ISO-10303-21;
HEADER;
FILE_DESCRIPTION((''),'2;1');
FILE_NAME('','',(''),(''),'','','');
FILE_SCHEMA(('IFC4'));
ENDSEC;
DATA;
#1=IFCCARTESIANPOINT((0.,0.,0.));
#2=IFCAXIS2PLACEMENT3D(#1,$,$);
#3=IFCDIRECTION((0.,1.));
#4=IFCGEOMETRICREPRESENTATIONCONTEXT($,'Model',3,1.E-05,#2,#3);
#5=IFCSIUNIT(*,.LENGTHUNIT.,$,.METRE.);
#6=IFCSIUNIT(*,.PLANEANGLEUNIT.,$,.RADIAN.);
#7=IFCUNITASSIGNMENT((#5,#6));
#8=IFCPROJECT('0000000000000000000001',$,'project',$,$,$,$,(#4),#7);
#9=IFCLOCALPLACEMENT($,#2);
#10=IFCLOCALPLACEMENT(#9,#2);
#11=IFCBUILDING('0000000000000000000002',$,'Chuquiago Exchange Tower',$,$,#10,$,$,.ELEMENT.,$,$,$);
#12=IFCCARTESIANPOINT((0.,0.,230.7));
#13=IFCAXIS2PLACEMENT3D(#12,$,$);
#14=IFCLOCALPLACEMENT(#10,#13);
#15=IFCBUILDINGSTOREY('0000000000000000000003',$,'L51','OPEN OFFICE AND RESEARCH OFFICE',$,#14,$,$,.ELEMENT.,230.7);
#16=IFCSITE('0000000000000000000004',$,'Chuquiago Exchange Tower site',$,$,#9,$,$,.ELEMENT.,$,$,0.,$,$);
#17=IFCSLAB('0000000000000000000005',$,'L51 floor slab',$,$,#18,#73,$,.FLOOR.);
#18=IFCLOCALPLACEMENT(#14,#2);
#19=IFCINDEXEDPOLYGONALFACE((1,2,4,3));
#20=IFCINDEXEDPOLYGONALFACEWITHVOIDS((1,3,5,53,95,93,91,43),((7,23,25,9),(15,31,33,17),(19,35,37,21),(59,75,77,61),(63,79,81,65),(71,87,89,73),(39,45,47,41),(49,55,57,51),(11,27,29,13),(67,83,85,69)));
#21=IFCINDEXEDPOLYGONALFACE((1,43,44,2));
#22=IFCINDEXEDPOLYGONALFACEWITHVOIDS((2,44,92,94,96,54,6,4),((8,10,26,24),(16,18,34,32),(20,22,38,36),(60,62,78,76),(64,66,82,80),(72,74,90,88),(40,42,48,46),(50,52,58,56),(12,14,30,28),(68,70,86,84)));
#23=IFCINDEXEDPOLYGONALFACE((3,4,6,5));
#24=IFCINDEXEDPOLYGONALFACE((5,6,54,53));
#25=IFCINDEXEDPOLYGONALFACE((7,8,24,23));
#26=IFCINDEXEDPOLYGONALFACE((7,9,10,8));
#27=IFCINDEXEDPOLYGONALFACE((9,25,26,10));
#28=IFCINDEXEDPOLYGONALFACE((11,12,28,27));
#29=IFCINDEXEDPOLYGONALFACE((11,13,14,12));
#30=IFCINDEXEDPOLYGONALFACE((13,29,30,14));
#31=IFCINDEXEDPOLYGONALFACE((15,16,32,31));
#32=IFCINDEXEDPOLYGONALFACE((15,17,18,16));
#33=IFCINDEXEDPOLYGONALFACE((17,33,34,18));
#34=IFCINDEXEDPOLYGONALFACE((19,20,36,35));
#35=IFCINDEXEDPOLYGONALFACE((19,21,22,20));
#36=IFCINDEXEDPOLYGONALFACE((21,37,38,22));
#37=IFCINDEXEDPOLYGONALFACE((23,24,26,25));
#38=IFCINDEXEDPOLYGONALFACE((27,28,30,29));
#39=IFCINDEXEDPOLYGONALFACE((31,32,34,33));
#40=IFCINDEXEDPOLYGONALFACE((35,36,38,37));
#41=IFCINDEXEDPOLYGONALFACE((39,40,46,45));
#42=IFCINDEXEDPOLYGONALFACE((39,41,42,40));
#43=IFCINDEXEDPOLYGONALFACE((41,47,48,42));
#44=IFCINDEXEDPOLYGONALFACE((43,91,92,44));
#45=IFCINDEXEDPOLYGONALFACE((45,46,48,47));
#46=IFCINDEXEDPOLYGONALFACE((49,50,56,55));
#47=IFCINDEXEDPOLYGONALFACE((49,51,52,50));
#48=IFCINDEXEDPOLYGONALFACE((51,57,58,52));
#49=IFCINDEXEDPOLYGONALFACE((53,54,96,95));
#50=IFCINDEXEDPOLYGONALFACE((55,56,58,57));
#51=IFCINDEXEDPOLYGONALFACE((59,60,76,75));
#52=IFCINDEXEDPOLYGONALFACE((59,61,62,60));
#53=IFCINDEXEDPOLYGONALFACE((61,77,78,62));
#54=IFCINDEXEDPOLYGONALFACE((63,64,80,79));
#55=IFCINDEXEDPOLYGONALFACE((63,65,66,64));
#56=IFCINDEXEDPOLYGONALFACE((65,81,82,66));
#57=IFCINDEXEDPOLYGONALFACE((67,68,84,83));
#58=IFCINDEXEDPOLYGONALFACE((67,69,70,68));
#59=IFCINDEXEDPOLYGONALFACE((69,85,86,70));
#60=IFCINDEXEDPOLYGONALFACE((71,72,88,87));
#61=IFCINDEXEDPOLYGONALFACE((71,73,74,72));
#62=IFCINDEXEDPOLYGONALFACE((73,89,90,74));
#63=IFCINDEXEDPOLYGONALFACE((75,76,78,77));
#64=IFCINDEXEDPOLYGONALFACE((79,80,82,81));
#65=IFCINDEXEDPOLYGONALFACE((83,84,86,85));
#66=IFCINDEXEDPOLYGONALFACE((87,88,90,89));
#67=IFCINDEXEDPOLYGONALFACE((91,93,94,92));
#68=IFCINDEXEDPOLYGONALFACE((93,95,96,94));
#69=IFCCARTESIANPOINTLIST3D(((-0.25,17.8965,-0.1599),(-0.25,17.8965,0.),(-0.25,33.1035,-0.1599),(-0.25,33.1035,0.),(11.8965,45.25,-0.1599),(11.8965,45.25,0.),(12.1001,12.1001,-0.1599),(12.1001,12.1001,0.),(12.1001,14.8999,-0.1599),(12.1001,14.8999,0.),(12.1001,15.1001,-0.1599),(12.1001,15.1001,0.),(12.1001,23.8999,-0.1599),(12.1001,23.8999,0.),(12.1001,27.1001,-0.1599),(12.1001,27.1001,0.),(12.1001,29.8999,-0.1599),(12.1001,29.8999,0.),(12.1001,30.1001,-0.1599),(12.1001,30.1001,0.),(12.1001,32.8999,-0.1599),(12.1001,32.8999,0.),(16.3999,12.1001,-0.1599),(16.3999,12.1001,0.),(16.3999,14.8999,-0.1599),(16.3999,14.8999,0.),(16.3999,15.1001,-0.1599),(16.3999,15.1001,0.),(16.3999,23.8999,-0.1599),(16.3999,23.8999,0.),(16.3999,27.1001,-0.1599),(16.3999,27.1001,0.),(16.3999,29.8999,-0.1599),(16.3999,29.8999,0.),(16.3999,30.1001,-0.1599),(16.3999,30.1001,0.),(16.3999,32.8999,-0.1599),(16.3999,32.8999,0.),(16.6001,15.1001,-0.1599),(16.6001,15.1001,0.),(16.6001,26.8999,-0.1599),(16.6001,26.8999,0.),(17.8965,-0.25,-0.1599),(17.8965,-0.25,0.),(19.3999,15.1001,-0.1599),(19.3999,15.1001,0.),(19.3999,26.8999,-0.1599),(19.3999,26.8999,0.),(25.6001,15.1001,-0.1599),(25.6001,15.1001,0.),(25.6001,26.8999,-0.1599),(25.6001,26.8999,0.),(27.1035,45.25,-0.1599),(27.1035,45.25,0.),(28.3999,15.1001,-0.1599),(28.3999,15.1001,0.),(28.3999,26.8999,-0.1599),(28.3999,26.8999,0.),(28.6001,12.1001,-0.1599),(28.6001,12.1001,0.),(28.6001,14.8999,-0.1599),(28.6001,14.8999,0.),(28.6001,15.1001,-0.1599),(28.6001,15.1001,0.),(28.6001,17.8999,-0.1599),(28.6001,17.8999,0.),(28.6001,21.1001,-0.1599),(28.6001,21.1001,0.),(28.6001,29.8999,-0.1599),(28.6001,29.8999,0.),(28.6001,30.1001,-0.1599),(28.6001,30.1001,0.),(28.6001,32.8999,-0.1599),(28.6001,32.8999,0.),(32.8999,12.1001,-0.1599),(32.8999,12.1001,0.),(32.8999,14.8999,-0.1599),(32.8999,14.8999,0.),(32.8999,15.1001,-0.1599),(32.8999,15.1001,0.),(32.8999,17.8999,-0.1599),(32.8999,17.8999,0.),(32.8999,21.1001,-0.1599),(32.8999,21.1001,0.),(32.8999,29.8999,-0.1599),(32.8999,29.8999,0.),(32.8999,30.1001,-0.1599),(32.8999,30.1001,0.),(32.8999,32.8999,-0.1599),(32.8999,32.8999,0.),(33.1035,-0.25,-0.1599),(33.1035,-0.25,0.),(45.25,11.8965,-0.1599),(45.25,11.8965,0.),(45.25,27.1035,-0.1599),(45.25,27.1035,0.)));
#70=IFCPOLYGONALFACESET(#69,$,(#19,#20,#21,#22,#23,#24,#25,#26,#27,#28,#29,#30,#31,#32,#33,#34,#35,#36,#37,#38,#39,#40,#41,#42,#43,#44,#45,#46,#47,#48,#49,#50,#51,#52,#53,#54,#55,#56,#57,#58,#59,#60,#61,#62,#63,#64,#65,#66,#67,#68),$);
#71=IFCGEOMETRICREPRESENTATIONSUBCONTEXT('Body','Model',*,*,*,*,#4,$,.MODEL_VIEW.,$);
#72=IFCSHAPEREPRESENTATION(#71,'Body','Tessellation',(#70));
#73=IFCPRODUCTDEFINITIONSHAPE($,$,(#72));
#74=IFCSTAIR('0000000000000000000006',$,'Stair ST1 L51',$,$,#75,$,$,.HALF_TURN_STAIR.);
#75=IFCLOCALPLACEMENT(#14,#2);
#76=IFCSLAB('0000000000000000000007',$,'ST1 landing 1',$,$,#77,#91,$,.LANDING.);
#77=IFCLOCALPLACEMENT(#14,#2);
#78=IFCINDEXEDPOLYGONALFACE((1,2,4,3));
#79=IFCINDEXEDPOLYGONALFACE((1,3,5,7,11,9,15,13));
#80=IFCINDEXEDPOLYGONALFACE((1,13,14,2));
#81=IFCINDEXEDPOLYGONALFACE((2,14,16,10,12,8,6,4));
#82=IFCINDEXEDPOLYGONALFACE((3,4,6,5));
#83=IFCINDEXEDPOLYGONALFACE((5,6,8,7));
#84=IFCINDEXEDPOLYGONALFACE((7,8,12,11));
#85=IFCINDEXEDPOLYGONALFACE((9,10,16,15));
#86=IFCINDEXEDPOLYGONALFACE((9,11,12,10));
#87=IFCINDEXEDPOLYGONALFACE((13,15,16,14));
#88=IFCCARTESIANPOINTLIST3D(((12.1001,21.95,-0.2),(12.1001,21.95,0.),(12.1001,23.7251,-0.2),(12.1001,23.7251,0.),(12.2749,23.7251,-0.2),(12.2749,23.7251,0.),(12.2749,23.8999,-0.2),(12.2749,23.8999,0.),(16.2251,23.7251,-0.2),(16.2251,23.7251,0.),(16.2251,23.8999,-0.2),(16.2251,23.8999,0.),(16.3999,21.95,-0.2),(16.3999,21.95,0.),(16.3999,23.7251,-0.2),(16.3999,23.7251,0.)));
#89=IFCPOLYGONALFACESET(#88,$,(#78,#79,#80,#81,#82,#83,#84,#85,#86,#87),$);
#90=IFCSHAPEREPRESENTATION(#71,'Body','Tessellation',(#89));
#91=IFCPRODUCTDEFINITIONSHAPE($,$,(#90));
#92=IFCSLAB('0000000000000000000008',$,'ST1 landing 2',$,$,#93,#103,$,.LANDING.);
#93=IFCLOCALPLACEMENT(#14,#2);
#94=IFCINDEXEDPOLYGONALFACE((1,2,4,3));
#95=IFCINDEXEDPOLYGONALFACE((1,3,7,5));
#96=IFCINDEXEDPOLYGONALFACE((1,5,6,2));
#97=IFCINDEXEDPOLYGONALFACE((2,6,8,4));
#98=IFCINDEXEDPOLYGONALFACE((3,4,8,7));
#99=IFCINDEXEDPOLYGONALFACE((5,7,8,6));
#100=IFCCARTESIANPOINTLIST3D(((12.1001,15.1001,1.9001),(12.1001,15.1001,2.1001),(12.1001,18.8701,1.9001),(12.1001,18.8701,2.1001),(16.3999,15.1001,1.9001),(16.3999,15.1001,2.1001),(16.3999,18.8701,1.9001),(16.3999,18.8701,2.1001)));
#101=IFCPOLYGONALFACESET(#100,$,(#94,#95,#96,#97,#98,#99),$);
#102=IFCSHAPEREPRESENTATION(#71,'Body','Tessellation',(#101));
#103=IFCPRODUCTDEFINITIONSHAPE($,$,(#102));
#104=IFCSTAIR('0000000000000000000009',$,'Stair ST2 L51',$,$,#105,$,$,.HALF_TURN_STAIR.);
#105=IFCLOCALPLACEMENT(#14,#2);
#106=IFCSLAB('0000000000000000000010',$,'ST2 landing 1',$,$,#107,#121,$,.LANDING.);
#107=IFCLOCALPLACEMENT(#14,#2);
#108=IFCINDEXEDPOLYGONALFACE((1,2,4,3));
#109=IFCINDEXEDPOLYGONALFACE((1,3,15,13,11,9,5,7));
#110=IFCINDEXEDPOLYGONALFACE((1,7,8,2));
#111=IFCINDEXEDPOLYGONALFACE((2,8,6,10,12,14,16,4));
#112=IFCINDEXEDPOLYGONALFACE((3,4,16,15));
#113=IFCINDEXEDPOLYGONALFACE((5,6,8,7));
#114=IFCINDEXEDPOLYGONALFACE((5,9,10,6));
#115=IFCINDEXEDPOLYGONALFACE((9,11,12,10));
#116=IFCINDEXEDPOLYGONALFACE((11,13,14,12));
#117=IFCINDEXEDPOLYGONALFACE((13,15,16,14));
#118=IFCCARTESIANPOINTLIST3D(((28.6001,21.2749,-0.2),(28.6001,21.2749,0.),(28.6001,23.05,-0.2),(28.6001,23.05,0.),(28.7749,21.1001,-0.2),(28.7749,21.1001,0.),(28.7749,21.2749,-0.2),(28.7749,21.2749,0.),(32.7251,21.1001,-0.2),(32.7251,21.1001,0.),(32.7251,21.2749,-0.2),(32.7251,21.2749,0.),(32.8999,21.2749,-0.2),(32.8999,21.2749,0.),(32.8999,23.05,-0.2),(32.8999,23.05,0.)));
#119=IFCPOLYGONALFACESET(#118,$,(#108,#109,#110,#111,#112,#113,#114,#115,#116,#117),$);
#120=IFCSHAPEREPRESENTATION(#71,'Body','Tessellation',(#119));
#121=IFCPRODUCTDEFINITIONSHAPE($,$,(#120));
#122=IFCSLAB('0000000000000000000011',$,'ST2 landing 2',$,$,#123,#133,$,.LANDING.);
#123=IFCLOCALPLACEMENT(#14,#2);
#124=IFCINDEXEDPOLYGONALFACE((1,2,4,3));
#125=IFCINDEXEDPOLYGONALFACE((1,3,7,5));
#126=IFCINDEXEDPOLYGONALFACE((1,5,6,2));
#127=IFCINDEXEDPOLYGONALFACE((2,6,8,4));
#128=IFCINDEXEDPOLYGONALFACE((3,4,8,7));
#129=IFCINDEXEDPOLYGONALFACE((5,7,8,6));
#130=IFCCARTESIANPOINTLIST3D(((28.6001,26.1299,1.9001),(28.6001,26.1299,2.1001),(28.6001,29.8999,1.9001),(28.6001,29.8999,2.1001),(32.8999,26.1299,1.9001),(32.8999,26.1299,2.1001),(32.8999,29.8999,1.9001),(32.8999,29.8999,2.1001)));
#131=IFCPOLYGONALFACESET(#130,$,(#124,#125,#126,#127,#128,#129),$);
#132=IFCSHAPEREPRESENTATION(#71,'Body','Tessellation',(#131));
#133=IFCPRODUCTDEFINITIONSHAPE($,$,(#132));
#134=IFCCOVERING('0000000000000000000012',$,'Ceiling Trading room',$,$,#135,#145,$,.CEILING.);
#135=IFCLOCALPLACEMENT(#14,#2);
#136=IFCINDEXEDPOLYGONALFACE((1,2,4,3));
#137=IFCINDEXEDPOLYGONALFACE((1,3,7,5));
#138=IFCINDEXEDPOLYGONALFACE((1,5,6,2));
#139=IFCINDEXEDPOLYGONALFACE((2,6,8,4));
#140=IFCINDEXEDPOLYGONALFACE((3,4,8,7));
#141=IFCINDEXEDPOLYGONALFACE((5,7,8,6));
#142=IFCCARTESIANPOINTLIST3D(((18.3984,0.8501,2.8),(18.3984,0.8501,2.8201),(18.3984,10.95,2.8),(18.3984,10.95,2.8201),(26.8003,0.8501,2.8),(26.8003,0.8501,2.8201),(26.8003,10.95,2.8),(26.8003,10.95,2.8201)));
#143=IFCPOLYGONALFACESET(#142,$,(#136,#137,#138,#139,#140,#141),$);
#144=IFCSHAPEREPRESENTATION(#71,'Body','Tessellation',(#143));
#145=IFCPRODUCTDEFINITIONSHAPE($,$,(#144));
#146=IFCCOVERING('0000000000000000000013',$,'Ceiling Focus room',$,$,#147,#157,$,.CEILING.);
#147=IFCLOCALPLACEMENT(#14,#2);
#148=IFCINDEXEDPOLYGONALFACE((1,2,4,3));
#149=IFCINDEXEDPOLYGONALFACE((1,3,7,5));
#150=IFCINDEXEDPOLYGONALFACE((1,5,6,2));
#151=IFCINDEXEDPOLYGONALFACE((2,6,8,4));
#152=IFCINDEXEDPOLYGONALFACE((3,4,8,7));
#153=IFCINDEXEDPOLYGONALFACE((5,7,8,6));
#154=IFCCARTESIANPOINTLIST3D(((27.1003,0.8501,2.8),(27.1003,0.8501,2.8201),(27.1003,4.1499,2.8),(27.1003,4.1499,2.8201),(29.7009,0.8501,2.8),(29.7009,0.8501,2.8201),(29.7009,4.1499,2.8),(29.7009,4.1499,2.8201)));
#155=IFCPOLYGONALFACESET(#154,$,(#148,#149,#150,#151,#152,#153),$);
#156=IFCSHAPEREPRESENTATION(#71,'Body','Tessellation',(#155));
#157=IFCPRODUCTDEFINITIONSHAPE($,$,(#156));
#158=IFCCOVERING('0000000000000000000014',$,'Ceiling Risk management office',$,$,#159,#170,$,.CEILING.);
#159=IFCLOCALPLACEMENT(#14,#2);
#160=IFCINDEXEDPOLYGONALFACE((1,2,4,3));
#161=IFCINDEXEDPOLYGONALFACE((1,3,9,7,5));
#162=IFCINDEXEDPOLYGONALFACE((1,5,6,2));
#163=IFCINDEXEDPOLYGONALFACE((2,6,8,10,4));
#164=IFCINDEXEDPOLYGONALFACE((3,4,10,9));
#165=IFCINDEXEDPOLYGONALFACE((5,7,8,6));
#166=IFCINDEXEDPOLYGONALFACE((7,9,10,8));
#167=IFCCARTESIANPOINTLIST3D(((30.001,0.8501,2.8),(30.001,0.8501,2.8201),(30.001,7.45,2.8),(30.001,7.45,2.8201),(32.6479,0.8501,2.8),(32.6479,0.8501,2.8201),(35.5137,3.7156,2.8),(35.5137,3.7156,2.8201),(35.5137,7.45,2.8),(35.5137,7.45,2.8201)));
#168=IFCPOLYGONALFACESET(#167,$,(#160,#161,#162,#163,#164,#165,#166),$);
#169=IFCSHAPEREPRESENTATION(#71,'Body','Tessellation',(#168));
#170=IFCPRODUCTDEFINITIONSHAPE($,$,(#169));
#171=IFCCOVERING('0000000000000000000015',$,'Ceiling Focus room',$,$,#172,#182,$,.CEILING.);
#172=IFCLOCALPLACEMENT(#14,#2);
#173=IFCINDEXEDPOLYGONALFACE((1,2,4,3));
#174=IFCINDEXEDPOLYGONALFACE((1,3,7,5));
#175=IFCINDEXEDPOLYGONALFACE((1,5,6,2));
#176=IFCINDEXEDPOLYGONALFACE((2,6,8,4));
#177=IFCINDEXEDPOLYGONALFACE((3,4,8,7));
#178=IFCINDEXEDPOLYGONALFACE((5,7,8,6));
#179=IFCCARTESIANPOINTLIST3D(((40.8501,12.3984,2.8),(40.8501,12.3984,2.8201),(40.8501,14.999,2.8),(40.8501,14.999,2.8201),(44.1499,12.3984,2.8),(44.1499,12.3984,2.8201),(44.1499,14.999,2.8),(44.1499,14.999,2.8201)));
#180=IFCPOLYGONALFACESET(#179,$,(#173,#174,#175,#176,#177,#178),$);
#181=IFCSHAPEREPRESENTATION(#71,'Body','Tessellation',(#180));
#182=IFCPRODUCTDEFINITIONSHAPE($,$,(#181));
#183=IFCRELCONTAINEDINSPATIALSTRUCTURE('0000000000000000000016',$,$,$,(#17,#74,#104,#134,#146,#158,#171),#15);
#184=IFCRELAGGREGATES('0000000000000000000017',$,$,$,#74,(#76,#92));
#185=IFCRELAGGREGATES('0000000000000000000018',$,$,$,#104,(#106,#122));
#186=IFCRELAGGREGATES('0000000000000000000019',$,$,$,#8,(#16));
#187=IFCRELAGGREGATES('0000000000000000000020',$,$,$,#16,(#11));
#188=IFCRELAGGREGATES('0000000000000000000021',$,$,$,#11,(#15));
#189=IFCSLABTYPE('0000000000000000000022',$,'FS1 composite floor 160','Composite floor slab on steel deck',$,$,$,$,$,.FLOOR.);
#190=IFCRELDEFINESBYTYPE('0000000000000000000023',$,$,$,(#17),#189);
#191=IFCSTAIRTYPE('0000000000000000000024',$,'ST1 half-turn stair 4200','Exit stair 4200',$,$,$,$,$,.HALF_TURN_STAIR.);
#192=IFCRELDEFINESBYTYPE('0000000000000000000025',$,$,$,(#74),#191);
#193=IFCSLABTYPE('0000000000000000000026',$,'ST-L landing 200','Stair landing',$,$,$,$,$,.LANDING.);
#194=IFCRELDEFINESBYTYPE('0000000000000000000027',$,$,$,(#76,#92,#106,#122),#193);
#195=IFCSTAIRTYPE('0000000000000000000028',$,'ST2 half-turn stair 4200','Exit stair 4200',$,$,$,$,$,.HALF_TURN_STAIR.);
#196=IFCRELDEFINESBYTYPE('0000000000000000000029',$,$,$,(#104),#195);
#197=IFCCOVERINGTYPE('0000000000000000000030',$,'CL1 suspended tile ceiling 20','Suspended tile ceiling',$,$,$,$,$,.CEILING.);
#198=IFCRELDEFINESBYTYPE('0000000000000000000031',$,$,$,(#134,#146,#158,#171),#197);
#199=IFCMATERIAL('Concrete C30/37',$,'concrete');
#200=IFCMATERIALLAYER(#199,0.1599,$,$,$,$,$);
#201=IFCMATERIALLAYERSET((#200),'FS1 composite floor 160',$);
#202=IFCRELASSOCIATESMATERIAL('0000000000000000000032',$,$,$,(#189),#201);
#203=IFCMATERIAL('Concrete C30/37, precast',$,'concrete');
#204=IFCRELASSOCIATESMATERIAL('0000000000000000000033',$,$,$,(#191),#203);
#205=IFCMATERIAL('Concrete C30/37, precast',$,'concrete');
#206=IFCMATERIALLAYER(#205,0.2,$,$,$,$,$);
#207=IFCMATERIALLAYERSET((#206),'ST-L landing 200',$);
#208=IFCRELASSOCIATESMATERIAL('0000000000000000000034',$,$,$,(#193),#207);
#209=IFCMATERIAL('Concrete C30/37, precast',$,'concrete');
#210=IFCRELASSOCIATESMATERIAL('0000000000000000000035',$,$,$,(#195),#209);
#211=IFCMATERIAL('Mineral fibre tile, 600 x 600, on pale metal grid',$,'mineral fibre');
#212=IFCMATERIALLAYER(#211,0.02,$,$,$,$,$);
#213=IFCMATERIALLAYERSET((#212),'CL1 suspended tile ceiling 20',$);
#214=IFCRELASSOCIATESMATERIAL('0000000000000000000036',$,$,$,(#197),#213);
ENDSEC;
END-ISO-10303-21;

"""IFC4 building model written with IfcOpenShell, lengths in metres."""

from ifc_helpers import new_model, si_unit, direction, frame, origin, place, context, subcontext, project, spatial, polyline, outline, extrude, material, layer, layer_set, type_object, element, aggregate, save


model = new_model("IFC4")

# Units and contexts
model_context = context("Model", 3, precision=1e-05, world=origin(), true_north=direction((0.0, 1.0)))
body_context = subcontext(model_context, "Body", "Model", "MODEL_VIEW")
ifc_project = project(units=[si_unit("LENGTHUNIT", "METRE"), si_unit("PLANEANGLEUNIT", "RADIAN")], contexts=[model_context])

# Site, building, storey
site_placement = place(None, origin())
site = spatial("IfcSite", under=ifc_project, at=site_placement, Name="Chuquiago Exchange Tower site", CompositionType="ELEMENT", RefElevation=0.0)
building_placement = place(site_placement, origin())
building = spatial("IfcBuilding", under=site, at=building_placement, Name="Chuquiago Exchange Tower", CompositionType="ELEMENT")
storey_placement = place(building_placement, frame((0.0, 0.0, 230.7)))
storey = spatial("IfcBuildingStorey", under=building, at=storey_placement, Name="L51", Description="OPEN OFFICE AND RESEARCH OFFICE", CompositionType="ELEMENT", Elevation=230.7)

# Slab
ifc_material_1 = material(Name="Concrete C30/37", Category="concrete")
ifc_layer_1 = layer(ifc_material_1, 0.1599)
ifc_layer_set_1 = layer_set([ifc_layer_1], Name="FS1 composite floor 160")
slab_type_1 = type_object("IfcSlabType", Name="FS1 composite floor 160", Description="Composite floor slab on steel deck", PredefinedType="FLOOR", material=ifc_layer_set_1)
slab_1_placement = place(storey_placement, frame((0.0, 0.0, -0.1599)))
element("IfcSlab", 1, at=slab_1_placement, inside=storey, type_object=slab_type_1, Name="L51 floor slab", PredefinedType="FLOOR", context=body_context, shape_type="SweptSolid", body=[
    extrude(outline(polyline([(17.8965, -0.25), (-0.25, 17.8965), (-0.25, 33.1035), (11.8965, 45.25), (27.1035, 45.25), (45.25, 27.1035), (45.25, 11.8965), (33.1035, -0.25), (17.8965, -0.25)]), holes=[polyline([(16.3999, 15.1001), (12.1001, 15.1001), (12.1001, 23.8999), (16.3999, 23.8999), (16.3999, 15.1001)]), polyline([(32.8999, 21.1001), (28.6001, 21.1001), (28.6001, 29.8999), (32.8999, 29.8999), (32.8999, 21.1001)]), polyline([(16.3999, 12.1001), (12.1001, 12.1001), (12.1001, 14.8999), (16.3999, 14.8999), (16.3999, 12.1001)]), polyline([(16.3999, 30.1001), (12.1001, 30.1001), (12.1001, 32.8999), (16.3999, 32.8999), (16.3999, 30.1001)]), polyline([(32.8999, 12.1001), (28.6001, 12.1001), (28.6001, 14.8999), (32.8999, 14.8999), (32.8999, 12.1001)]), polyline([(32.8999, 30.1001), (28.6001, 30.1001), (28.6001, 32.8999), (32.8999, 32.8999), (32.8999, 30.1001)]), polyline([(16.3999, 27.1001), (12.1001, 27.1001), (12.1001, 29.8999), (16.3999, 29.8999), (16.3999, 27.1001)]), polyline([(32.8999, 15.1001), (28.6001, 15.1001), (28.6001, 17.8999), (32.8999, 17.8999), (32.8999, 15.1001)]), polyline([(19.3999, 15.1001), (16.6001, 15.1001), (16.6001, 26.8999), (19.3999, 26.8999), (19.3999, 15.1001)]), polyline([(28.3999, 15.1001), (25.6001, 15.1001), (25.6001, 26.8999), (28.3999, 26.8999), (28.3999, 15.1001)])]), origin(), (0.0, 0.0, 1.0), 0.1599),
])

# Stairs, slabs
ifc_material_2 = material(Name="Concrete C30/37, precast", Category="concrete")
stair_type_1 = type_object("IfcStairType", Name="ST1 half-turn stair 4200", Description="Exit stair 4200", PredefinedType="HALF_TURN_STAIR", material=ifc_material_2)
stair_1_placement = place(storey_placement, origin())
stair_1 = element("IfcStair", 2, at=stair_1_placement, inside=storey, type_object=stair_type_1, Name="Stair ST1 L51", PredefinedType="HALF_TURN_STAIR")
ifc_material_3 = material(Name="Concrete C30/37, precast", Category="concrete")
ifc_layer_2 = layer(ifc_material_3, 0.2)
ifc_layer_set_2 = layer_set([ifc_layer_2], Name="ST-L landing 200")
slab_type_2 = type_object("IfcSlabType", Name="ST-L landing 200", Description="Stair landing", PredefinedType="LANDING", material=ifc_layer_set_2)
slab_2_placement = place(storey_placement, frame((0.0, 0.0, -0.2)))
slab_2 = element("IfcSlab", 3, at=slab_2_placement, type_object=slab_type_2, Name="ST1 landing 1", PredefinedType="LANDING", context=body_context, shape_type="SweptSolid", body=[
    extrude(outline(polyline([(12.2749, 23.8999), (16.2251, 23.8999), (16.2251, 23.7251), (16.3999, 23.7251), (16.3999, 21.95), (12.1001, 21.95), (12.1001, 23.7251), (12.2749, 23.7251), (12.2749, 23.8999)])), origin(), (0.0, 0.0, 1.0), 0.2),
])
slab_3_placement = place(storey_placement, frame((0.0, 0.0, 1.9001)))
slab_3 = element("IfcSlab", 4, at=slab_3_placement, type_object=slab_type_2, Name="ST1 landing 2", PredefinedType="LANDING", context=body_context, shape_type="SweptSolid", body=[
    extrude(outline(polyline([(12.1001, 18.8701), (16.3999, 18.8701), (16.3999, 15.1001), (12.1001, 15.1001), (12.1001, 18.8701)])), origin(), (0.0, 0.0, 1.0), 0.2),
])
aggregate(stair_1, [slab_2, slab_3])
ifc_material_4 = material(Name="Concrete C30/37, precast", Category="concrete")
stair_type_2 = type_object("IfcStairType", Name="ST2 half-turn stair 4200", Description="Exit stair 4200", PredefinedType="HALF_TURN_STAIR", material=ifc_material_4)
stair_2_placement = place(storey_placement, origin())
stair_2 = element("IfcStair", 5, at=stair_2_placement, inside=storey, type_object=stair_type_2, Name="Stair ST2 L51", PredefinedType="HALF_TURN_STAIR")
slab_4_placement = place(storey_placement, frame((0.0, 0.0, -0.2)))
slab_4 = element("IfcSlab", 6, at=slab_4_placement, type_object=slab_type_2, Name="ST2 landing 1", PredefinedType="LANDING", context=body_context, shape_type="SweptSolid", body=[
    extrude(outline(polyline([(32.7251, 21.2749), (32.7251, 21.1001), (28.7749, 21.1001), (28.7749, 21.2749), (28.6001, 21.2749), (28.6001, 23.05), (32.8999, 23.05), (32.8999, 21.2749), (32.7251, 21.2749)])), origin(), (0.0, 0.0, 1.0), 0.2),
])
slab_5_placement = place(storey_placement, frame((0.0, 0.0, 1.9001)))
slab_5 = element("IfcSlab", 7, at=slab_5_placement, type_object=slab_type_2, Name="ST2 landing 2", PredefinedType="LANDING", context=body_context, shape_type="SweptSolid", body=[
    extrude(outline(polyline([(28.6001, 29.8999), (32.8999, 29.8999), (32.8999, 26.1299), (28.6001, 26.1299), (28.6001, 29.8999)])), origin(), (0.0, 0.0, 1.0), 0.2),
])
aggregate(stair_2, [slab_4, slab_5])

# Coverings
ifc_material_5 = material(Name="Mineral fibre tile, 600 x 600, on pale metal grid", Category="mineral fibre")
ifc_layer_3 = layer(ifc_material_5, 0.02)
ifc_layer_set_3 = layer_set([ifc_layer_3], Name="CL1 suspended tile ceiling 20")
covering_type_1 = type_object("IfcCoveringType", Name="CL1 suspended tile ceiling 20", Description="Suspended tile ceiling", PredefinedType="CEILING", material=ifc_layer_set_3)
covering_1_placement = place(storey_placement, frame((0.0, 0.0, 2.8)))
element("IfcCovering", 8, at=covering_1_placement, inside=storey, type_object=covering_type_1, Name="Ceiling Trading room", PredefinedType="CEILING", context=body_context, shape_type="SweptSolid", body=[
    extrude(outline(polyline([(18.3984, 10.95), (26.8003, 10.95), (26.8003, 0.8501), (18.3984, 0.8501), (18.3984, 10.95)])), origin(), (0.0, 0.0, 1.0), 0.02),
])
covering_2_placement = place(storey_placement, frame((0.0, 0.0, 2.8)))
element("IfcCovering", 9, at=covering_2_placement, inside=storey, type_object=covering_type_1, Name="Ceiling Focus room", PredefinedType="CEILING", context=body_context, shape_type="SweptSolid", body=[
    extrude(outline(polyline([(27.1003, 4.1499), (29.7009, 4.1499), (29.7009, 0.8501), (27.1003, 0.8501), (27.1003, 4.1499)])), origin(), (0.0, 0.0, 1.0), 0.02),
])
covering_3_placement = place(storey_placement, frame((0.0, 0.0, 2.8)))
element("IfcCovering", 10, at=covering_3_placement, inside=storey, type_object=covering_type_1, Name="Ceiling Risk management office", PredefinedType="CEILING", context=body_context, shape_type="SweptSolid", body=[
    extrude(outline(polyline([(30.001, 0.8501), (30.001, 7.45), (35.5137, 7.45), (35.5137, 3.7156), (32.6479, 0.8501), (30.001, 0.8501)])), origin(), (0.0, 0.0, 1.0), 0.02),
])
covering_4_placement = place(storey_placement, frame((0.0, 0.0, 2.8)))
element("IfcCovering", 11, at=covering_4_placement, inside=storey, type_object=covering_type_1, Name="Ceiling Focus room", PredefinedType="CEILING", context=body_context, shape_type="SweptSolid", body=[
    extrude(outline(polyline([(40.8501, 12.3984), (40.8501, 14.999), (44.1499, 14.999), (44.1499, 12.3984), (40.8501, 12.3984)])), origin(), (0.0, 0.0, 1.0), 0.02),
])

save(model, "model.ifc")
